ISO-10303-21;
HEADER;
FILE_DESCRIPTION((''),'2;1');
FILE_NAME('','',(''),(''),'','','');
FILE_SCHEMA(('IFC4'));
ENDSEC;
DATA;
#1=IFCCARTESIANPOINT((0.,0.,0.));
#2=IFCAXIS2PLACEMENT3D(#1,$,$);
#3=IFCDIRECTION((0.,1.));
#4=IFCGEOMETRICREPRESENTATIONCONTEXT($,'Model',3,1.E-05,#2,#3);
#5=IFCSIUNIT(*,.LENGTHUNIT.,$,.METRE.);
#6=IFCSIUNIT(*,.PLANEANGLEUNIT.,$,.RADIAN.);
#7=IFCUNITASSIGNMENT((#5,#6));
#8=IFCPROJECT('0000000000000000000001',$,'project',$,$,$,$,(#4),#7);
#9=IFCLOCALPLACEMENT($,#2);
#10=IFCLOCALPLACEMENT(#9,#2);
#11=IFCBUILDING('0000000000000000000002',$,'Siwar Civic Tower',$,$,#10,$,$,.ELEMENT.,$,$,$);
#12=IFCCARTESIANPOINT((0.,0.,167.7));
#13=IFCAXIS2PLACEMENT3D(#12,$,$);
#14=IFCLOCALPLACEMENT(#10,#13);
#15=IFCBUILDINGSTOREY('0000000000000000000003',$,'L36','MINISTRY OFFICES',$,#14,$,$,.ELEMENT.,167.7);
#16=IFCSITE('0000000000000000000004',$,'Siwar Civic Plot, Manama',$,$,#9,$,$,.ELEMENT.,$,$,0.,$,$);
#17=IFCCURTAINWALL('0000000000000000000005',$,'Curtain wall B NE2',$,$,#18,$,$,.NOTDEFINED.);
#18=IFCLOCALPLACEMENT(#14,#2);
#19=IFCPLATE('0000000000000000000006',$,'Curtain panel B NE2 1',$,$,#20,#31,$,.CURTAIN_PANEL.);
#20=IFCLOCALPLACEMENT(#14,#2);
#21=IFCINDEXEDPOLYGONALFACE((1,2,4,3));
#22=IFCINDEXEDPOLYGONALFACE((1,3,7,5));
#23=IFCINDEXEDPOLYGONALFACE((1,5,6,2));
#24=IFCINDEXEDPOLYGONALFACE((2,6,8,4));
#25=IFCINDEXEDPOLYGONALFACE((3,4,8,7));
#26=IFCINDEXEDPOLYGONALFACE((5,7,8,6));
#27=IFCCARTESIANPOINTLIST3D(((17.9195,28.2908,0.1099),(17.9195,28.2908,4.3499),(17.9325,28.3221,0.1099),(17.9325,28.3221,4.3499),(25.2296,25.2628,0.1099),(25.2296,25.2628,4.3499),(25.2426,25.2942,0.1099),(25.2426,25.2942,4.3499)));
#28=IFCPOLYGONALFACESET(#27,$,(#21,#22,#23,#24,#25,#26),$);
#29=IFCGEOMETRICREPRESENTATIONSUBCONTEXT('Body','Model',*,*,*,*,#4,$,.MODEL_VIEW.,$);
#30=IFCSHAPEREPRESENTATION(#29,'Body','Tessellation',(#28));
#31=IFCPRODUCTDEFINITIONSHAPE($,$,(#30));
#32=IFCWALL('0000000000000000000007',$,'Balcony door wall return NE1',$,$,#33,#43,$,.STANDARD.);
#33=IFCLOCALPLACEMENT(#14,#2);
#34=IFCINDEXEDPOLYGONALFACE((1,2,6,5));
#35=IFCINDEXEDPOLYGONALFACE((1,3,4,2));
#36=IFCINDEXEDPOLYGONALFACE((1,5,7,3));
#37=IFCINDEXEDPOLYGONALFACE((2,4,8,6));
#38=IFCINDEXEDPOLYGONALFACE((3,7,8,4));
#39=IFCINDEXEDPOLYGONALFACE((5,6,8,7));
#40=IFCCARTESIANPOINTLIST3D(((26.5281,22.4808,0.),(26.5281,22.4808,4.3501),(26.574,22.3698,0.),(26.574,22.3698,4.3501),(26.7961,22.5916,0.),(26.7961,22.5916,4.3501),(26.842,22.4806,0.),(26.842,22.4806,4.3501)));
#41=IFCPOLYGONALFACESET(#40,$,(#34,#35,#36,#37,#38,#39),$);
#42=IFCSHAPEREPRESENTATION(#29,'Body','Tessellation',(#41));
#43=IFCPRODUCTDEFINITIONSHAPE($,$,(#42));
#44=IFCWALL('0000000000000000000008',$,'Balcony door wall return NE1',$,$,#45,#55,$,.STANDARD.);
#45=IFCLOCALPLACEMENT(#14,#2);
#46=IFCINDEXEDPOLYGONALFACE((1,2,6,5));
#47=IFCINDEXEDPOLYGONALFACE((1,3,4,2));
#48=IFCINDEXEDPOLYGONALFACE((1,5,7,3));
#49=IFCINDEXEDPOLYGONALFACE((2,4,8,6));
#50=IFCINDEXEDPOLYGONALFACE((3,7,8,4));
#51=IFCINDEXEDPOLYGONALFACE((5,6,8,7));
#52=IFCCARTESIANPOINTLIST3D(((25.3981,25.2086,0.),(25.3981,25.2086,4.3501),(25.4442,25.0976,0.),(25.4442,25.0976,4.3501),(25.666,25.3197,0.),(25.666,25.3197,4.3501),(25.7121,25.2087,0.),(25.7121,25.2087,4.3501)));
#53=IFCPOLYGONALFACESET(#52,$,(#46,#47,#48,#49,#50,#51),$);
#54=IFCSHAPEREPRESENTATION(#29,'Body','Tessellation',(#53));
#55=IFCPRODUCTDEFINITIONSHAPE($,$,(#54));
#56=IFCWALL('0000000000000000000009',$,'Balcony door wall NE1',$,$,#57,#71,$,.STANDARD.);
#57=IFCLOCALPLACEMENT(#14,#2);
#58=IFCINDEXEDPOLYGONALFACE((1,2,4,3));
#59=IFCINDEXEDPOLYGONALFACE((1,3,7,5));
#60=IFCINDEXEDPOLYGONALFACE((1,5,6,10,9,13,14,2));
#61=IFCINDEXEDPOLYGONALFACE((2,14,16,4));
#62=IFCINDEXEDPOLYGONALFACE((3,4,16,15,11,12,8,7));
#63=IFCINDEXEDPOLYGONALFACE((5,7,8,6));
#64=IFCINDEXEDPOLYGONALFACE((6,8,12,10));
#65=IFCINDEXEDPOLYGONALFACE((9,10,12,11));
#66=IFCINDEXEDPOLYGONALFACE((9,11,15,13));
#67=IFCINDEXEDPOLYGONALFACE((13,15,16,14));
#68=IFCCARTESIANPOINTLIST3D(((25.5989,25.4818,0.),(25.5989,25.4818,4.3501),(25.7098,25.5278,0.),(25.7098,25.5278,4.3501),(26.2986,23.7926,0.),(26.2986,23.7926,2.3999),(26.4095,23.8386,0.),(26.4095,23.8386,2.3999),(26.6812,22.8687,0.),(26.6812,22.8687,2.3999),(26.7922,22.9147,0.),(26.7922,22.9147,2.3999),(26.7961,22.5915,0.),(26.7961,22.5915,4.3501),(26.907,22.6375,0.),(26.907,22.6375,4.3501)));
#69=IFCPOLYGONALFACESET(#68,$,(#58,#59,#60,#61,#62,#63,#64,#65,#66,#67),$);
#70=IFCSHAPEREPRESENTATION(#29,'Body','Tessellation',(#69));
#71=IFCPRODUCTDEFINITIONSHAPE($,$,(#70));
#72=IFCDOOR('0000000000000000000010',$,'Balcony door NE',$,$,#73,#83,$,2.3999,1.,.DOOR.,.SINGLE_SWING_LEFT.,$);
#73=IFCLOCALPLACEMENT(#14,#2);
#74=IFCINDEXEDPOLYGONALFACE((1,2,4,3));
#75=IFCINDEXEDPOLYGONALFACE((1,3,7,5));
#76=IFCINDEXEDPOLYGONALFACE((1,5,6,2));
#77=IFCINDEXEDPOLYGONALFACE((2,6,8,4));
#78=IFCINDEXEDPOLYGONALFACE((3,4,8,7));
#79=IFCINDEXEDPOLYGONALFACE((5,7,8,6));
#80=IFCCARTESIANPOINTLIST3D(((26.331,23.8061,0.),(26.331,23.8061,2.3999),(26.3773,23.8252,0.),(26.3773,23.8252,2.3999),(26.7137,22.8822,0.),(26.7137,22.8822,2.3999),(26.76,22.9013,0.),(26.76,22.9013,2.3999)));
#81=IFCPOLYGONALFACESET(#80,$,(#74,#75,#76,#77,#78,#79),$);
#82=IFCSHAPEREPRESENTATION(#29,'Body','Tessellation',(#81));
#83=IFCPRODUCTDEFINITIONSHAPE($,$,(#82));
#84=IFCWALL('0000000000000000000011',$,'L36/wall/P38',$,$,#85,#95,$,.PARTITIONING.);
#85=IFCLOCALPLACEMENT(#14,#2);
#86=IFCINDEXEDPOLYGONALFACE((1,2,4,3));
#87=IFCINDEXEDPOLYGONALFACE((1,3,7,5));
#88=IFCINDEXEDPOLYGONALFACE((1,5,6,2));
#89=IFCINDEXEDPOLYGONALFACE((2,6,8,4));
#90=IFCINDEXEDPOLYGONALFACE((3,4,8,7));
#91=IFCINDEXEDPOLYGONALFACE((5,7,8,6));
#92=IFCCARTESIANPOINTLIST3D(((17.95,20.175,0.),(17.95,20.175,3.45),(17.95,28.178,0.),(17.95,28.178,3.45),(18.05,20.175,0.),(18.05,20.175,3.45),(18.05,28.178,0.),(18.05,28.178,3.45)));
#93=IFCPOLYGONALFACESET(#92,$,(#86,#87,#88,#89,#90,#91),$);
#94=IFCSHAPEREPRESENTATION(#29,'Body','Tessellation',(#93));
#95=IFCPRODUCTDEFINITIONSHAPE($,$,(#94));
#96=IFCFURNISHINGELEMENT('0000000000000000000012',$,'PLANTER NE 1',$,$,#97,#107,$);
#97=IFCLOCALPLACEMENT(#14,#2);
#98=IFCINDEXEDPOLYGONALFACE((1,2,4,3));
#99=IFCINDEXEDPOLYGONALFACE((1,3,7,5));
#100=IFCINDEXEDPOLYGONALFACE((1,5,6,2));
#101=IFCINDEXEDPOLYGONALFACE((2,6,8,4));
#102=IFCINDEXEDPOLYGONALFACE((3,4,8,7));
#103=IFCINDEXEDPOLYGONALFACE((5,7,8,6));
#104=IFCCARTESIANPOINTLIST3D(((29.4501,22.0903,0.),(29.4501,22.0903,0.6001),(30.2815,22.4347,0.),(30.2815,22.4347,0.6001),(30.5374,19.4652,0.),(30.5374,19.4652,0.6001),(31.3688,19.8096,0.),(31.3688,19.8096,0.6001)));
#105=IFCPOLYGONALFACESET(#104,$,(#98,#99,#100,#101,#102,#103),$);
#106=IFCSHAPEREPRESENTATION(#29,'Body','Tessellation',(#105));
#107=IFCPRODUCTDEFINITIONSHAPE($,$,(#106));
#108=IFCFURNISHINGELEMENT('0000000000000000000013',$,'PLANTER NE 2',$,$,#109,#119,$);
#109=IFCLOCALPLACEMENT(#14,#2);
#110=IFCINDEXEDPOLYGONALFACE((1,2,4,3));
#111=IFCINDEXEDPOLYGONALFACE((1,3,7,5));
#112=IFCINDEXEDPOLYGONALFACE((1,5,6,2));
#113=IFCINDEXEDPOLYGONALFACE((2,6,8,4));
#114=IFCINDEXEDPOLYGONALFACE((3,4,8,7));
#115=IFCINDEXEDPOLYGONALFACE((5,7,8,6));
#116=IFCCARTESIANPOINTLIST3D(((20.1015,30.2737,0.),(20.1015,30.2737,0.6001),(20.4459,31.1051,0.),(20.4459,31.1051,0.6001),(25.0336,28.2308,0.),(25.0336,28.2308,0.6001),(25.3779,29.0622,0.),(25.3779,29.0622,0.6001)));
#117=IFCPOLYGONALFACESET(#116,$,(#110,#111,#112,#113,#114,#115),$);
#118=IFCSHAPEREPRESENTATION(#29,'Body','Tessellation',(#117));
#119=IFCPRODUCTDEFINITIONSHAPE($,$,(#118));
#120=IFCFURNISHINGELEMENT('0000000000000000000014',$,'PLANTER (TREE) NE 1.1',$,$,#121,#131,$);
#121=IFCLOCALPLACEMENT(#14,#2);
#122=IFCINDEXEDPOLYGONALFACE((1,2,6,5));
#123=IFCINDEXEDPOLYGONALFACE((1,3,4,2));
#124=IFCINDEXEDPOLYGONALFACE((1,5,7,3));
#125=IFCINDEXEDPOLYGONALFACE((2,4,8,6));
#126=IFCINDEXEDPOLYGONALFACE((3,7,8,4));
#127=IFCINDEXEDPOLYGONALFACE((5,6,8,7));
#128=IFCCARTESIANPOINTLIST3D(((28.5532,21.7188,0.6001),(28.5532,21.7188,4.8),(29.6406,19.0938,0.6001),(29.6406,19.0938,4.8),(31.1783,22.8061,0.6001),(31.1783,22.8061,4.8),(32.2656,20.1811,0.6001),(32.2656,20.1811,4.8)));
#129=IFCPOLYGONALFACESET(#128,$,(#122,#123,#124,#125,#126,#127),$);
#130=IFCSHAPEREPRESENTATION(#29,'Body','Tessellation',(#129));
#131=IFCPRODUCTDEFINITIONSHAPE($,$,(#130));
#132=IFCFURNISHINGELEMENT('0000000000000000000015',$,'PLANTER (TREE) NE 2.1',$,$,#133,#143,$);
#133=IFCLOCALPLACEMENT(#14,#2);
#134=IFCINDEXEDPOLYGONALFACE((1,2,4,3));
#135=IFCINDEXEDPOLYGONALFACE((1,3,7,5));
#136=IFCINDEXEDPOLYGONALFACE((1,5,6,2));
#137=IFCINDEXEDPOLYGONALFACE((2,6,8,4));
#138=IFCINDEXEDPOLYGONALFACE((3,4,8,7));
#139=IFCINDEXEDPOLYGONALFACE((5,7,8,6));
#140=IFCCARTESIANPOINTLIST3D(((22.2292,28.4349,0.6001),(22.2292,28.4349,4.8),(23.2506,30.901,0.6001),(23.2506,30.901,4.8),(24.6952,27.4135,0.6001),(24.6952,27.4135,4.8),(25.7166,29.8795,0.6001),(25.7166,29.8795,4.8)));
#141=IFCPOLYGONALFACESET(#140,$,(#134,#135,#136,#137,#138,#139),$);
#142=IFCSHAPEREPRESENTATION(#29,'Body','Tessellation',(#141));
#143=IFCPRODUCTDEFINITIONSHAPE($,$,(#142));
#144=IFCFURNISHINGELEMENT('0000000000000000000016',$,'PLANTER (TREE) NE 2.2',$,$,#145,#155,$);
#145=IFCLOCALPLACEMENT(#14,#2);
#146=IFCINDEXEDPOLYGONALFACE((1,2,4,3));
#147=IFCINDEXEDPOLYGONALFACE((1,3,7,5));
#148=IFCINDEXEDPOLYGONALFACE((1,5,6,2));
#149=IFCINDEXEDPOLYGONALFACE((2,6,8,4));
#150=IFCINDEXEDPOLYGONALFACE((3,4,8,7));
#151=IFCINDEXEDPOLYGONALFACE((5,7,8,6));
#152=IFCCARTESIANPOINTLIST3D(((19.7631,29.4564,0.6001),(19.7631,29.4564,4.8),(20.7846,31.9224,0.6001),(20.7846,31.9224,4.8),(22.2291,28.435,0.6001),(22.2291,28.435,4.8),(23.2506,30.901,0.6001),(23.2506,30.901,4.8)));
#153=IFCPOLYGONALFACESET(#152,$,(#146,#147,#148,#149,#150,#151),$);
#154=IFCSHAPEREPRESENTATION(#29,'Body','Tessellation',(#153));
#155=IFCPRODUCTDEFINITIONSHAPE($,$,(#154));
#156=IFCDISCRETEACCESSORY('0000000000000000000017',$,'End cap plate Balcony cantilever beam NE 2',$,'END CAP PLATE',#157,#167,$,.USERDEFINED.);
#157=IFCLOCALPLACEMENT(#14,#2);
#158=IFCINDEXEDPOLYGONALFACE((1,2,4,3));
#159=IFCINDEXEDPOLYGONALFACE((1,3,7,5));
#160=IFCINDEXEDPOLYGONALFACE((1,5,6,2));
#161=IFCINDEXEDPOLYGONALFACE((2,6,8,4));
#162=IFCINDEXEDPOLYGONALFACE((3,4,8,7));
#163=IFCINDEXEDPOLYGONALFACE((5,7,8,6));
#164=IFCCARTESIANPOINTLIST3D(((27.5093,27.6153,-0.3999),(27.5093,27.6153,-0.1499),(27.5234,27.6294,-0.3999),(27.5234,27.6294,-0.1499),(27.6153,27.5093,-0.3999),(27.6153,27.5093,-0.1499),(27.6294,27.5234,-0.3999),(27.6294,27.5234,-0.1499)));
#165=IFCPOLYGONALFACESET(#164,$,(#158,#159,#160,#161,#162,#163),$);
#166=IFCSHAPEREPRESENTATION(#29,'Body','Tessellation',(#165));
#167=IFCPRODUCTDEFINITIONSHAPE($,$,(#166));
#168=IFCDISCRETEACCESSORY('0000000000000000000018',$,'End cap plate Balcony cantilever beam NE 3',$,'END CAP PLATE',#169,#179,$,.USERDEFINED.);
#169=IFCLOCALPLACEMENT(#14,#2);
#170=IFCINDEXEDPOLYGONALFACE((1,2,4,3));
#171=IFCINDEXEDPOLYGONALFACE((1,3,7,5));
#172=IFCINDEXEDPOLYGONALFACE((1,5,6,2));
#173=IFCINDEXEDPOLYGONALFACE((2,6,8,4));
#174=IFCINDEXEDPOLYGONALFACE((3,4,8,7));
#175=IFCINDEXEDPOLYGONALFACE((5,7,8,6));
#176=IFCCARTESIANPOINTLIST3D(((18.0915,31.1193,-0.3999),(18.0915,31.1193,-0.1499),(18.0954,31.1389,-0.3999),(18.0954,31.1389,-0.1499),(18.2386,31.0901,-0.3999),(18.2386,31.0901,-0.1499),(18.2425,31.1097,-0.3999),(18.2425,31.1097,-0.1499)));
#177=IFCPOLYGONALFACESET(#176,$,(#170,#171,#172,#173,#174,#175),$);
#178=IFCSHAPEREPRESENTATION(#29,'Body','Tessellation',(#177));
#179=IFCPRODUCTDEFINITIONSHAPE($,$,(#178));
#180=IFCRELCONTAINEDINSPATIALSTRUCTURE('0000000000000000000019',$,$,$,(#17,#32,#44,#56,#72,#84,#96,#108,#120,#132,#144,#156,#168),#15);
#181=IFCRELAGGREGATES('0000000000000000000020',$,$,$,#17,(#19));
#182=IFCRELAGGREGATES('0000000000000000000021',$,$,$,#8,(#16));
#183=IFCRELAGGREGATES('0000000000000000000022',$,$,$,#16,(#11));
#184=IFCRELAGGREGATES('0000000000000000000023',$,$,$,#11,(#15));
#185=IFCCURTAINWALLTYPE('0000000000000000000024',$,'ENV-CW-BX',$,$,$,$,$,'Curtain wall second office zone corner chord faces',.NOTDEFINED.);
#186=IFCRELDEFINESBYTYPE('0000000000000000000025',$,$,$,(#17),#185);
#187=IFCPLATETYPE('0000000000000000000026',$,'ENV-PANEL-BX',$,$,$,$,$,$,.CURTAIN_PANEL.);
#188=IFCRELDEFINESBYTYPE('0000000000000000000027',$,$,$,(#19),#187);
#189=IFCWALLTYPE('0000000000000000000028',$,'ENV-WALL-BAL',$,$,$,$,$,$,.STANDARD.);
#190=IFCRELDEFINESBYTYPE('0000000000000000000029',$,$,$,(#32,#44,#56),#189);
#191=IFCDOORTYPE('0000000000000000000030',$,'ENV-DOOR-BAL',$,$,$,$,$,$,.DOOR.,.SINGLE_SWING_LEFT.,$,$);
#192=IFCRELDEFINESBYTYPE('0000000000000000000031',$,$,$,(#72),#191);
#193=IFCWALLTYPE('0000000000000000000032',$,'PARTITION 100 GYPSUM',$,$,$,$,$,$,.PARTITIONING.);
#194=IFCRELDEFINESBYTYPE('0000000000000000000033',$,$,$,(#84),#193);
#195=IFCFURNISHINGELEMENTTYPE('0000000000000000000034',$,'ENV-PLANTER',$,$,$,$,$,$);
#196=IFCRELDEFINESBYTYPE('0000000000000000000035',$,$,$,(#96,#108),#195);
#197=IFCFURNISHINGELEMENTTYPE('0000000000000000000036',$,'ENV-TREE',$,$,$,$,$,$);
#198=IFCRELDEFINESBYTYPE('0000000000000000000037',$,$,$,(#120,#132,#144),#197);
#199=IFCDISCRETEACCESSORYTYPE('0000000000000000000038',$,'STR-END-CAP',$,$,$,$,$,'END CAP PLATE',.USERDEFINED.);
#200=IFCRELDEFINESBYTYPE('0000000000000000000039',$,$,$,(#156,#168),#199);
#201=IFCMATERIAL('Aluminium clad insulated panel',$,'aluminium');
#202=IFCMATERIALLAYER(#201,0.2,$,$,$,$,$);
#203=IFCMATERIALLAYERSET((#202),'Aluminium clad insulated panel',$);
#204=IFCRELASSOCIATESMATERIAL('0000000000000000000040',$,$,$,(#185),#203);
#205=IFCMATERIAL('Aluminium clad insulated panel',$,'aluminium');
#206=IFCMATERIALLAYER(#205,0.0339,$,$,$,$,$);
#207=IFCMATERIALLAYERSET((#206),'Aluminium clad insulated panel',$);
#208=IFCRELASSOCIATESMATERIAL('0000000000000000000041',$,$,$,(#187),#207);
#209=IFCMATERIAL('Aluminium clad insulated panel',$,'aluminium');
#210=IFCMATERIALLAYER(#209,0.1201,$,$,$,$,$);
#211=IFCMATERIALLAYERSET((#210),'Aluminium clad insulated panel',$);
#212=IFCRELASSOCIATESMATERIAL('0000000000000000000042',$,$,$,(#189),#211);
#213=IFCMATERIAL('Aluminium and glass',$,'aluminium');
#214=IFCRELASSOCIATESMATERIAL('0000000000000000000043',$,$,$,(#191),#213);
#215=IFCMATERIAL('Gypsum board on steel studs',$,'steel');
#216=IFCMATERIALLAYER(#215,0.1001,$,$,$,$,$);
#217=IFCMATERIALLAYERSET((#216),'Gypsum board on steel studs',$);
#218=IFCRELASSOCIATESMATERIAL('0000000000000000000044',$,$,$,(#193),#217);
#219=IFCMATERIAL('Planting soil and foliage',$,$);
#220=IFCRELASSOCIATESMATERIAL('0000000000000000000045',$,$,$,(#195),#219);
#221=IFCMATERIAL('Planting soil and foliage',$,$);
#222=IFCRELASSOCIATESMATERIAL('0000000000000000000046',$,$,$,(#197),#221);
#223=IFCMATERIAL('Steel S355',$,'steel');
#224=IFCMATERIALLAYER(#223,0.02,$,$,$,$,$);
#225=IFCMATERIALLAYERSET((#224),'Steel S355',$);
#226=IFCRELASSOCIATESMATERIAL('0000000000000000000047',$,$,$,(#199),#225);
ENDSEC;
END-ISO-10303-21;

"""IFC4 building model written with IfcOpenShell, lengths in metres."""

from ifc_helpers import new_model, si_unit, direction, frame, frame_2d, origin, origin_2d, place, context, subcontext, project, spatial, rectangle, extrude, material, layer, layer_set, type_object, element, fill, aggregate, save


model = new_model("IFC4")

# Units and contexts
model_context = context("Model", 3, precision=1e-05, world=origin(), true_north=direction((0.0, 1.0)))
body_context = subcontext(model_context, "Body", "Model", "MODEL_VIEW")
ifc_project = project(units=[si_unit("LENGTHUNIT", "METRE"), si_unit("PLANEANGLEUNIT", "RADIAN")], contexts=[model_context])

# Site, building, storey
site_placement = place(None, origin())
site = spatial("IfcSite", under=ifc_project, at=site_placement, Name="Siwar Civic Plot, Manama", CompositionType="ELEMENT", RefElevation=0.0)
building_placement = place(site_placement, origin())
building = spatial("IfcBuilding", under=site, at=building_placement, Name="Siwar Civic Tower", CompositionType="ELEMENT")
storey_placement = place(building_placement, frame((0.0, 0.0, 167.7)))
storey = spatial("IfcBuildingStorey", under=building, at=storey_placement, Name="L36", Description="MINISTRY OFFICES", CompositionType="ELEMENT", Elevation=167.7)

# Shared definitions
ifc_material_1 = material(Name="Aluminium clad insulated panel", Category="aluminium")
ifc_layer_1 = layer(ifc_material_1, 0.2)
ifc_layer_set_1 = layer_set([ifc_layer_1], Name="Aluminium clad insulated panel")
curtain_wall_type = type_object("IfcCurtainWallType", Name="ENV-CW-BX", ElementType="Curtain wall second office zone corner chord faces", PredefinedType="NOTDEFINED", material=ifc_layer_set_1)

# Curtain wall
curtain_wall_1_placement = place(storey_placement, origin())
curtain_wall_1 = element("IfcCurtainWall", 1, at=curtain_wall_1_placement, inside=storey, type_object=curtain_wall_type, Name="Curtain wall B NE2", PredefinedType="NOTDEFINED")

# Plate
ifc_material_2 = material(Name="Aluminium clad insulated panel", Category="aluminium")
ifc_layer_2 = layer(ifc_material_2, 0.0339)
ifc_layer_set_2 = layer_set([ifc_layer_2], Name="Aluminium clad insulated panel")
plate_type = type_object("IfcPlateType", Name="ENV-PANEL-BX", PredefinedType="CURTAIN_PANEL", material=ifc_layer_set_2)
plate_placement = place(storey_placement, frame((21.5811, 26.7925, 0.1099), z_axis=(0.0, 0.0, 1.0), x_axis=(-0.92388, 0.382683, 0.0)))
plate = element("IfcPlate", 2, at=plate_placement, type_object=plate_type, Name="Curtain panel B NE2 1", PredefinedType="CURTAIN_PANEL", context=body_context, shape_type="SweptSolid", body=[
    extrude(rectangle(XDim=7.9124, YDim=0.0339, at=origin_2d()), origin(), (0.0, 0.0, 1.0), 4.24),
])
aggregate(curtain_wall_1, [plate])

# Walls
ifc_material_3 = material(Name="Aluminium clad insulated panel", Category="aluminium")
ifc_layer_3 = layer(ifc_material_3, 0.1201)
ifc_layer_set_3 = layer_set([ifc_layer_3], Name="Aluminium clad insulated panel")
wall_type_1 = type_object("IfcWallType", Name="ENV-WALL-BAL", PredefinedType="STANDARD", material=ifc_layer_set_3)
for number, where, z_axis, x_axis, name in (
    (3, (26.551, 22.4253, 0.0), (0.0, 0.0, 1.0), (0.924119, 0.382104, 0.0), "Balcony door wall return NE1"),
    (4, (25.4211, 25.1531, 0.0), (0.0, 0.0, 1.0), (0.923699, 0.38312, 0.0), "Balcony door wall return NE1"),
):
    element("IfcWall", number, at=place(storey_placement, frame(where, z_axis=z_axis, x_axis=x_axis)), inside=storey, type_object=wall_type_1, Name=name, PredefinedType="STANDARD", context=body_context, shape_type="SweptSolid", body=[
        extrude(rectangle(XDim=0.29, YDim=0.1201, at=frame_2d((0.145, 0.0))), origin(), (0.0, 0.0, 1.0), 4.3501),
    ])

# Wall, opening, door
wall_1_placement = place(storey_placement, frame((26.8516, 22.6145, 0.0), z_axis=(0.0, 0.0, 1.0), x_axis=(-0.382692, 0.923876, 0.0)))
wall_1 = element("IfcWall", 5, at=wall_1_placement, inside=storey, type_object=wall_type_1, Name="Balcony door wall NE1", PredefinedType="STANDARD", context=body_context, shape_type="SweptSolid", body=[
    extrude(rectangle(XDim=3.1284, YDim=0.1201, at=frame_2d((1.5642, 0.0))), origin(), (0.0, 0.0, 1.0), 4.3501),
])
opening_placement = place(wall_1_placement, frame((0.3, 0.0, 0.0)))
opening = element("IfcOpeningElement", 6, at=opening_placement, cuts=wall_1, PredefinedType="OPENING", context=body_context, shape_type="SweptSolid", body=[
    extrude(rectangle(XDim=1.0, YDim=2.3999, at=frame_2d((0.5, 1.2))), frame((0.0, 0.0701, 0.0), z_axis=(0.0, -1.0, 0.0), x_axis=(1.0, 0.0, 0.0)), (0.0, 0.0, 1.0), 0.1401),
])
ifc_material_4 = material(Name="Aluminium and glass", Category="aluminium")
door_type = type_object("IfcDoorType", Name="ENV-DOOR-BAL", OperationType="SINGLE_SWING_LEFT", PredefinedType="DOOR", material=ifc_material_4)
door_placement = place(opening_placement, origin())
door = element("IfcDoor", 7, at=door_placement, inside=storey, type_object=door_type, Name="Balcony door NE", OperationType="SINGLE_SWING_LEFT", OverallHeight=2.3999, OverallWidth=1.0, PredefinedType="DOOR", context=body_context, shape_type="SweptSolid", body=[
    extrude(rectangle(XDim=1.0, YDim=2.3999, at=frame_2d((0.5, 1.2))), frame((0.0, 0.0249, 0.0), z_axis=(0.0, -1.0, 0.0), x_axis=(1.0, 0.0, 0.0)), (0.0, 0.0, 1.0), 0.05),
])
fill(opening, door)

# Wall
ifc_material_5 = material(Name="Gypsum board on steel studs", Category="steel")
ifc_layer_4 = layer(ifc_material_5, 0.1001)
ifc_layer_set_4 = layer_set([ifc_layer_4], Name="Gypsum board on steel studs")
wall_type_2 = type_object("IfcWallType", Name="PARTITION 100 GYPSUM", PredefinedType="PARTITIONING", material=ifc_layer_set_4)
wall_2_placement = place(storey_placement, frame((18.0, 20.175, 0.0), z_axis=(0.0, 0.0, 1.0), x_axis=(0.0, 1.0, 0.0)))
element("IfcWall", 8, at=wall_2_placement, inside=storey, type_object=wall_type_2, Name="L36/wall/P38", PredefinedType="PARTITIONING", context=body_context, shape_type="SweptSolid", body=[
    extrude(rectangle(XDim=8.0029, YDim=0.1001, at=frame_2d((4.0015, 0.0))), origin(), (0.0, 0.0, 1.0), 3.45),
])

# Furnishing elements
ifc_material_6 = material(Name="Planting soil and foliage")
furnishing_element_type_1 = type_object("IfcFurnishingElementType", Name="ENV-PLANTER", material=ifc_material_6)
furnishing_1_placement = place(storey_placement, frame((30.4094, 20.95, 0.0), z_axis=(0.0, 0.0, 1.0), x_axis=(-0.382683, 0.92388, 0.0)))
element("IfcFurnishingElement", 9, at=furnishing_1_placement, inside=storey, type_object=furnishing_element_type_1, Name="PLANTER NE 1", context=body_context, shape_type="SweptSolid", body=[
    extrude(rectangle(XDim=2.8413, YDim=0.8999, at=origin_2d()), origin(), (0.0, 0.0, 1.0), 0.6001),
])
furnishing_2_placement = place(storey_placement, frame((22.7397, 29.668, 0.0), z_axis=(0.0, 0.0, 1.0), x_axis=(-0.92388, 0.382683, 0.0)))
element("IfcFurnishingElement", 10, at=furnishing_2_placement, inside=storey, type_object=furnishing_element_type_1, Name="PLANTER NE 2", context=body_context, shape_type="SweptSolid", body=[
    extrude(rectangle(XDim=5.3384, YDim=0.8999, at=origin_2d()), origin(), (0.0, 0.0, 1.0), 0.6001),
])
ifc_material_7 = material(Name="Planting soil and foliage")
furnishing_element_type_2 = type_object("IfcFurnishingElementType", Name="ENV-TREE", material=ifc_material_7)
furnishing_3_placement = place(storey_placement, frame((30.4094, 20.95, 0.6001), z_axis=(0.0, 0.0, 1.0), x_axis=(-0.382683, 0.92388, 0.0)))
element("IfcFurnishingElement", 11, at=furnishing_3_placement, inside=storey, type_object=furnishing_element_type_2, Name="PLANTER (TREE) NE 1.1", context=body_context, shape_type="SweptSolid", body=[
    extrude(rectangle(XDim=2.8413, YDim=2.8413, at=origin_2d()), origin(), (0.0, 0.0, 1.0), 4.2),
])
for number, where, z_axis, x_axis, name in (
    (12, (23.9729, 29.1572, 0.6001), (0.0, 0.0, 1.0), (-0.92388, 0.382683, 0.0), "PLANTER (TREE) NE 2.1"),
    (13, (21.5068, 30.1787, 0.6001), (0.0, 0.0, 1.0), (-0.92388, 0.382683, 0.0), "PLANTER (TREE) NE 2.2"),
):
    element("IfcFurnishingElement", number, at=place(storey_placement, frame(where, z_axis=z_axis, x_axis=x_axis)), inside=storey, type_object=furnishing_element_type_2, Name=name, context=body_context, shape_type="SweptSolid", body=[
        extrude(rectangle(XDim=2.6692, YDim=2.6692, at=origin_2d()), origin(), (0.0, 0.0, 1.0), 4.2),
    ])

# Discrete accessories
ifc_material_8 = material(Name="Steel S355", Category="steel")
ifc_layer_5 = layer(ifc_material_8, 0.02)
ifc_layer_set_5 = layer_set([ifc_layer_5], Name="Steel S355")
discrete_accessory_type = type_object("IfcDiscreteAccessoryType", Name="STR-END-CAP", ElementType="END CAP PLATE", PredefinedType="USERDEFINED", material=ifc_layer_set_5)
for number, where, z_axis, x_axis, name in (
    (14, (27.5693, 27.5693, -0.3999), (0.0, 0.0, 1.0), (0.707107, 0.707107, 0.0), "End cap plate Balcony cantilever beam NE 2"),
    (15, (18.167, 31.1145, -0.3999), (0.0, 0.0, 1.0), (0.19509, 0.980785, 0.0), "End cap plate Balcony cantilever beam NE 3"),
):
    element("IfcDiscreteAccessory", number, at=place(storey_placement, frame(where, z_axis=z_axis, x_axis=x_axis)), inside=storey, type_object=discrete_accessory_type, Name=name, ObjectType="END CAP PLATE", PredefinedType="USERDEFINED", context=body_context, shape_type="SweptSolid", body=[
        extrude(rectangle(XDim=0.02, YDim=0.1499, at=origin_2d()), origin(), (0.0, 0.0, 1.0), 0.25),
    ])

save(model, "model.ifc")
